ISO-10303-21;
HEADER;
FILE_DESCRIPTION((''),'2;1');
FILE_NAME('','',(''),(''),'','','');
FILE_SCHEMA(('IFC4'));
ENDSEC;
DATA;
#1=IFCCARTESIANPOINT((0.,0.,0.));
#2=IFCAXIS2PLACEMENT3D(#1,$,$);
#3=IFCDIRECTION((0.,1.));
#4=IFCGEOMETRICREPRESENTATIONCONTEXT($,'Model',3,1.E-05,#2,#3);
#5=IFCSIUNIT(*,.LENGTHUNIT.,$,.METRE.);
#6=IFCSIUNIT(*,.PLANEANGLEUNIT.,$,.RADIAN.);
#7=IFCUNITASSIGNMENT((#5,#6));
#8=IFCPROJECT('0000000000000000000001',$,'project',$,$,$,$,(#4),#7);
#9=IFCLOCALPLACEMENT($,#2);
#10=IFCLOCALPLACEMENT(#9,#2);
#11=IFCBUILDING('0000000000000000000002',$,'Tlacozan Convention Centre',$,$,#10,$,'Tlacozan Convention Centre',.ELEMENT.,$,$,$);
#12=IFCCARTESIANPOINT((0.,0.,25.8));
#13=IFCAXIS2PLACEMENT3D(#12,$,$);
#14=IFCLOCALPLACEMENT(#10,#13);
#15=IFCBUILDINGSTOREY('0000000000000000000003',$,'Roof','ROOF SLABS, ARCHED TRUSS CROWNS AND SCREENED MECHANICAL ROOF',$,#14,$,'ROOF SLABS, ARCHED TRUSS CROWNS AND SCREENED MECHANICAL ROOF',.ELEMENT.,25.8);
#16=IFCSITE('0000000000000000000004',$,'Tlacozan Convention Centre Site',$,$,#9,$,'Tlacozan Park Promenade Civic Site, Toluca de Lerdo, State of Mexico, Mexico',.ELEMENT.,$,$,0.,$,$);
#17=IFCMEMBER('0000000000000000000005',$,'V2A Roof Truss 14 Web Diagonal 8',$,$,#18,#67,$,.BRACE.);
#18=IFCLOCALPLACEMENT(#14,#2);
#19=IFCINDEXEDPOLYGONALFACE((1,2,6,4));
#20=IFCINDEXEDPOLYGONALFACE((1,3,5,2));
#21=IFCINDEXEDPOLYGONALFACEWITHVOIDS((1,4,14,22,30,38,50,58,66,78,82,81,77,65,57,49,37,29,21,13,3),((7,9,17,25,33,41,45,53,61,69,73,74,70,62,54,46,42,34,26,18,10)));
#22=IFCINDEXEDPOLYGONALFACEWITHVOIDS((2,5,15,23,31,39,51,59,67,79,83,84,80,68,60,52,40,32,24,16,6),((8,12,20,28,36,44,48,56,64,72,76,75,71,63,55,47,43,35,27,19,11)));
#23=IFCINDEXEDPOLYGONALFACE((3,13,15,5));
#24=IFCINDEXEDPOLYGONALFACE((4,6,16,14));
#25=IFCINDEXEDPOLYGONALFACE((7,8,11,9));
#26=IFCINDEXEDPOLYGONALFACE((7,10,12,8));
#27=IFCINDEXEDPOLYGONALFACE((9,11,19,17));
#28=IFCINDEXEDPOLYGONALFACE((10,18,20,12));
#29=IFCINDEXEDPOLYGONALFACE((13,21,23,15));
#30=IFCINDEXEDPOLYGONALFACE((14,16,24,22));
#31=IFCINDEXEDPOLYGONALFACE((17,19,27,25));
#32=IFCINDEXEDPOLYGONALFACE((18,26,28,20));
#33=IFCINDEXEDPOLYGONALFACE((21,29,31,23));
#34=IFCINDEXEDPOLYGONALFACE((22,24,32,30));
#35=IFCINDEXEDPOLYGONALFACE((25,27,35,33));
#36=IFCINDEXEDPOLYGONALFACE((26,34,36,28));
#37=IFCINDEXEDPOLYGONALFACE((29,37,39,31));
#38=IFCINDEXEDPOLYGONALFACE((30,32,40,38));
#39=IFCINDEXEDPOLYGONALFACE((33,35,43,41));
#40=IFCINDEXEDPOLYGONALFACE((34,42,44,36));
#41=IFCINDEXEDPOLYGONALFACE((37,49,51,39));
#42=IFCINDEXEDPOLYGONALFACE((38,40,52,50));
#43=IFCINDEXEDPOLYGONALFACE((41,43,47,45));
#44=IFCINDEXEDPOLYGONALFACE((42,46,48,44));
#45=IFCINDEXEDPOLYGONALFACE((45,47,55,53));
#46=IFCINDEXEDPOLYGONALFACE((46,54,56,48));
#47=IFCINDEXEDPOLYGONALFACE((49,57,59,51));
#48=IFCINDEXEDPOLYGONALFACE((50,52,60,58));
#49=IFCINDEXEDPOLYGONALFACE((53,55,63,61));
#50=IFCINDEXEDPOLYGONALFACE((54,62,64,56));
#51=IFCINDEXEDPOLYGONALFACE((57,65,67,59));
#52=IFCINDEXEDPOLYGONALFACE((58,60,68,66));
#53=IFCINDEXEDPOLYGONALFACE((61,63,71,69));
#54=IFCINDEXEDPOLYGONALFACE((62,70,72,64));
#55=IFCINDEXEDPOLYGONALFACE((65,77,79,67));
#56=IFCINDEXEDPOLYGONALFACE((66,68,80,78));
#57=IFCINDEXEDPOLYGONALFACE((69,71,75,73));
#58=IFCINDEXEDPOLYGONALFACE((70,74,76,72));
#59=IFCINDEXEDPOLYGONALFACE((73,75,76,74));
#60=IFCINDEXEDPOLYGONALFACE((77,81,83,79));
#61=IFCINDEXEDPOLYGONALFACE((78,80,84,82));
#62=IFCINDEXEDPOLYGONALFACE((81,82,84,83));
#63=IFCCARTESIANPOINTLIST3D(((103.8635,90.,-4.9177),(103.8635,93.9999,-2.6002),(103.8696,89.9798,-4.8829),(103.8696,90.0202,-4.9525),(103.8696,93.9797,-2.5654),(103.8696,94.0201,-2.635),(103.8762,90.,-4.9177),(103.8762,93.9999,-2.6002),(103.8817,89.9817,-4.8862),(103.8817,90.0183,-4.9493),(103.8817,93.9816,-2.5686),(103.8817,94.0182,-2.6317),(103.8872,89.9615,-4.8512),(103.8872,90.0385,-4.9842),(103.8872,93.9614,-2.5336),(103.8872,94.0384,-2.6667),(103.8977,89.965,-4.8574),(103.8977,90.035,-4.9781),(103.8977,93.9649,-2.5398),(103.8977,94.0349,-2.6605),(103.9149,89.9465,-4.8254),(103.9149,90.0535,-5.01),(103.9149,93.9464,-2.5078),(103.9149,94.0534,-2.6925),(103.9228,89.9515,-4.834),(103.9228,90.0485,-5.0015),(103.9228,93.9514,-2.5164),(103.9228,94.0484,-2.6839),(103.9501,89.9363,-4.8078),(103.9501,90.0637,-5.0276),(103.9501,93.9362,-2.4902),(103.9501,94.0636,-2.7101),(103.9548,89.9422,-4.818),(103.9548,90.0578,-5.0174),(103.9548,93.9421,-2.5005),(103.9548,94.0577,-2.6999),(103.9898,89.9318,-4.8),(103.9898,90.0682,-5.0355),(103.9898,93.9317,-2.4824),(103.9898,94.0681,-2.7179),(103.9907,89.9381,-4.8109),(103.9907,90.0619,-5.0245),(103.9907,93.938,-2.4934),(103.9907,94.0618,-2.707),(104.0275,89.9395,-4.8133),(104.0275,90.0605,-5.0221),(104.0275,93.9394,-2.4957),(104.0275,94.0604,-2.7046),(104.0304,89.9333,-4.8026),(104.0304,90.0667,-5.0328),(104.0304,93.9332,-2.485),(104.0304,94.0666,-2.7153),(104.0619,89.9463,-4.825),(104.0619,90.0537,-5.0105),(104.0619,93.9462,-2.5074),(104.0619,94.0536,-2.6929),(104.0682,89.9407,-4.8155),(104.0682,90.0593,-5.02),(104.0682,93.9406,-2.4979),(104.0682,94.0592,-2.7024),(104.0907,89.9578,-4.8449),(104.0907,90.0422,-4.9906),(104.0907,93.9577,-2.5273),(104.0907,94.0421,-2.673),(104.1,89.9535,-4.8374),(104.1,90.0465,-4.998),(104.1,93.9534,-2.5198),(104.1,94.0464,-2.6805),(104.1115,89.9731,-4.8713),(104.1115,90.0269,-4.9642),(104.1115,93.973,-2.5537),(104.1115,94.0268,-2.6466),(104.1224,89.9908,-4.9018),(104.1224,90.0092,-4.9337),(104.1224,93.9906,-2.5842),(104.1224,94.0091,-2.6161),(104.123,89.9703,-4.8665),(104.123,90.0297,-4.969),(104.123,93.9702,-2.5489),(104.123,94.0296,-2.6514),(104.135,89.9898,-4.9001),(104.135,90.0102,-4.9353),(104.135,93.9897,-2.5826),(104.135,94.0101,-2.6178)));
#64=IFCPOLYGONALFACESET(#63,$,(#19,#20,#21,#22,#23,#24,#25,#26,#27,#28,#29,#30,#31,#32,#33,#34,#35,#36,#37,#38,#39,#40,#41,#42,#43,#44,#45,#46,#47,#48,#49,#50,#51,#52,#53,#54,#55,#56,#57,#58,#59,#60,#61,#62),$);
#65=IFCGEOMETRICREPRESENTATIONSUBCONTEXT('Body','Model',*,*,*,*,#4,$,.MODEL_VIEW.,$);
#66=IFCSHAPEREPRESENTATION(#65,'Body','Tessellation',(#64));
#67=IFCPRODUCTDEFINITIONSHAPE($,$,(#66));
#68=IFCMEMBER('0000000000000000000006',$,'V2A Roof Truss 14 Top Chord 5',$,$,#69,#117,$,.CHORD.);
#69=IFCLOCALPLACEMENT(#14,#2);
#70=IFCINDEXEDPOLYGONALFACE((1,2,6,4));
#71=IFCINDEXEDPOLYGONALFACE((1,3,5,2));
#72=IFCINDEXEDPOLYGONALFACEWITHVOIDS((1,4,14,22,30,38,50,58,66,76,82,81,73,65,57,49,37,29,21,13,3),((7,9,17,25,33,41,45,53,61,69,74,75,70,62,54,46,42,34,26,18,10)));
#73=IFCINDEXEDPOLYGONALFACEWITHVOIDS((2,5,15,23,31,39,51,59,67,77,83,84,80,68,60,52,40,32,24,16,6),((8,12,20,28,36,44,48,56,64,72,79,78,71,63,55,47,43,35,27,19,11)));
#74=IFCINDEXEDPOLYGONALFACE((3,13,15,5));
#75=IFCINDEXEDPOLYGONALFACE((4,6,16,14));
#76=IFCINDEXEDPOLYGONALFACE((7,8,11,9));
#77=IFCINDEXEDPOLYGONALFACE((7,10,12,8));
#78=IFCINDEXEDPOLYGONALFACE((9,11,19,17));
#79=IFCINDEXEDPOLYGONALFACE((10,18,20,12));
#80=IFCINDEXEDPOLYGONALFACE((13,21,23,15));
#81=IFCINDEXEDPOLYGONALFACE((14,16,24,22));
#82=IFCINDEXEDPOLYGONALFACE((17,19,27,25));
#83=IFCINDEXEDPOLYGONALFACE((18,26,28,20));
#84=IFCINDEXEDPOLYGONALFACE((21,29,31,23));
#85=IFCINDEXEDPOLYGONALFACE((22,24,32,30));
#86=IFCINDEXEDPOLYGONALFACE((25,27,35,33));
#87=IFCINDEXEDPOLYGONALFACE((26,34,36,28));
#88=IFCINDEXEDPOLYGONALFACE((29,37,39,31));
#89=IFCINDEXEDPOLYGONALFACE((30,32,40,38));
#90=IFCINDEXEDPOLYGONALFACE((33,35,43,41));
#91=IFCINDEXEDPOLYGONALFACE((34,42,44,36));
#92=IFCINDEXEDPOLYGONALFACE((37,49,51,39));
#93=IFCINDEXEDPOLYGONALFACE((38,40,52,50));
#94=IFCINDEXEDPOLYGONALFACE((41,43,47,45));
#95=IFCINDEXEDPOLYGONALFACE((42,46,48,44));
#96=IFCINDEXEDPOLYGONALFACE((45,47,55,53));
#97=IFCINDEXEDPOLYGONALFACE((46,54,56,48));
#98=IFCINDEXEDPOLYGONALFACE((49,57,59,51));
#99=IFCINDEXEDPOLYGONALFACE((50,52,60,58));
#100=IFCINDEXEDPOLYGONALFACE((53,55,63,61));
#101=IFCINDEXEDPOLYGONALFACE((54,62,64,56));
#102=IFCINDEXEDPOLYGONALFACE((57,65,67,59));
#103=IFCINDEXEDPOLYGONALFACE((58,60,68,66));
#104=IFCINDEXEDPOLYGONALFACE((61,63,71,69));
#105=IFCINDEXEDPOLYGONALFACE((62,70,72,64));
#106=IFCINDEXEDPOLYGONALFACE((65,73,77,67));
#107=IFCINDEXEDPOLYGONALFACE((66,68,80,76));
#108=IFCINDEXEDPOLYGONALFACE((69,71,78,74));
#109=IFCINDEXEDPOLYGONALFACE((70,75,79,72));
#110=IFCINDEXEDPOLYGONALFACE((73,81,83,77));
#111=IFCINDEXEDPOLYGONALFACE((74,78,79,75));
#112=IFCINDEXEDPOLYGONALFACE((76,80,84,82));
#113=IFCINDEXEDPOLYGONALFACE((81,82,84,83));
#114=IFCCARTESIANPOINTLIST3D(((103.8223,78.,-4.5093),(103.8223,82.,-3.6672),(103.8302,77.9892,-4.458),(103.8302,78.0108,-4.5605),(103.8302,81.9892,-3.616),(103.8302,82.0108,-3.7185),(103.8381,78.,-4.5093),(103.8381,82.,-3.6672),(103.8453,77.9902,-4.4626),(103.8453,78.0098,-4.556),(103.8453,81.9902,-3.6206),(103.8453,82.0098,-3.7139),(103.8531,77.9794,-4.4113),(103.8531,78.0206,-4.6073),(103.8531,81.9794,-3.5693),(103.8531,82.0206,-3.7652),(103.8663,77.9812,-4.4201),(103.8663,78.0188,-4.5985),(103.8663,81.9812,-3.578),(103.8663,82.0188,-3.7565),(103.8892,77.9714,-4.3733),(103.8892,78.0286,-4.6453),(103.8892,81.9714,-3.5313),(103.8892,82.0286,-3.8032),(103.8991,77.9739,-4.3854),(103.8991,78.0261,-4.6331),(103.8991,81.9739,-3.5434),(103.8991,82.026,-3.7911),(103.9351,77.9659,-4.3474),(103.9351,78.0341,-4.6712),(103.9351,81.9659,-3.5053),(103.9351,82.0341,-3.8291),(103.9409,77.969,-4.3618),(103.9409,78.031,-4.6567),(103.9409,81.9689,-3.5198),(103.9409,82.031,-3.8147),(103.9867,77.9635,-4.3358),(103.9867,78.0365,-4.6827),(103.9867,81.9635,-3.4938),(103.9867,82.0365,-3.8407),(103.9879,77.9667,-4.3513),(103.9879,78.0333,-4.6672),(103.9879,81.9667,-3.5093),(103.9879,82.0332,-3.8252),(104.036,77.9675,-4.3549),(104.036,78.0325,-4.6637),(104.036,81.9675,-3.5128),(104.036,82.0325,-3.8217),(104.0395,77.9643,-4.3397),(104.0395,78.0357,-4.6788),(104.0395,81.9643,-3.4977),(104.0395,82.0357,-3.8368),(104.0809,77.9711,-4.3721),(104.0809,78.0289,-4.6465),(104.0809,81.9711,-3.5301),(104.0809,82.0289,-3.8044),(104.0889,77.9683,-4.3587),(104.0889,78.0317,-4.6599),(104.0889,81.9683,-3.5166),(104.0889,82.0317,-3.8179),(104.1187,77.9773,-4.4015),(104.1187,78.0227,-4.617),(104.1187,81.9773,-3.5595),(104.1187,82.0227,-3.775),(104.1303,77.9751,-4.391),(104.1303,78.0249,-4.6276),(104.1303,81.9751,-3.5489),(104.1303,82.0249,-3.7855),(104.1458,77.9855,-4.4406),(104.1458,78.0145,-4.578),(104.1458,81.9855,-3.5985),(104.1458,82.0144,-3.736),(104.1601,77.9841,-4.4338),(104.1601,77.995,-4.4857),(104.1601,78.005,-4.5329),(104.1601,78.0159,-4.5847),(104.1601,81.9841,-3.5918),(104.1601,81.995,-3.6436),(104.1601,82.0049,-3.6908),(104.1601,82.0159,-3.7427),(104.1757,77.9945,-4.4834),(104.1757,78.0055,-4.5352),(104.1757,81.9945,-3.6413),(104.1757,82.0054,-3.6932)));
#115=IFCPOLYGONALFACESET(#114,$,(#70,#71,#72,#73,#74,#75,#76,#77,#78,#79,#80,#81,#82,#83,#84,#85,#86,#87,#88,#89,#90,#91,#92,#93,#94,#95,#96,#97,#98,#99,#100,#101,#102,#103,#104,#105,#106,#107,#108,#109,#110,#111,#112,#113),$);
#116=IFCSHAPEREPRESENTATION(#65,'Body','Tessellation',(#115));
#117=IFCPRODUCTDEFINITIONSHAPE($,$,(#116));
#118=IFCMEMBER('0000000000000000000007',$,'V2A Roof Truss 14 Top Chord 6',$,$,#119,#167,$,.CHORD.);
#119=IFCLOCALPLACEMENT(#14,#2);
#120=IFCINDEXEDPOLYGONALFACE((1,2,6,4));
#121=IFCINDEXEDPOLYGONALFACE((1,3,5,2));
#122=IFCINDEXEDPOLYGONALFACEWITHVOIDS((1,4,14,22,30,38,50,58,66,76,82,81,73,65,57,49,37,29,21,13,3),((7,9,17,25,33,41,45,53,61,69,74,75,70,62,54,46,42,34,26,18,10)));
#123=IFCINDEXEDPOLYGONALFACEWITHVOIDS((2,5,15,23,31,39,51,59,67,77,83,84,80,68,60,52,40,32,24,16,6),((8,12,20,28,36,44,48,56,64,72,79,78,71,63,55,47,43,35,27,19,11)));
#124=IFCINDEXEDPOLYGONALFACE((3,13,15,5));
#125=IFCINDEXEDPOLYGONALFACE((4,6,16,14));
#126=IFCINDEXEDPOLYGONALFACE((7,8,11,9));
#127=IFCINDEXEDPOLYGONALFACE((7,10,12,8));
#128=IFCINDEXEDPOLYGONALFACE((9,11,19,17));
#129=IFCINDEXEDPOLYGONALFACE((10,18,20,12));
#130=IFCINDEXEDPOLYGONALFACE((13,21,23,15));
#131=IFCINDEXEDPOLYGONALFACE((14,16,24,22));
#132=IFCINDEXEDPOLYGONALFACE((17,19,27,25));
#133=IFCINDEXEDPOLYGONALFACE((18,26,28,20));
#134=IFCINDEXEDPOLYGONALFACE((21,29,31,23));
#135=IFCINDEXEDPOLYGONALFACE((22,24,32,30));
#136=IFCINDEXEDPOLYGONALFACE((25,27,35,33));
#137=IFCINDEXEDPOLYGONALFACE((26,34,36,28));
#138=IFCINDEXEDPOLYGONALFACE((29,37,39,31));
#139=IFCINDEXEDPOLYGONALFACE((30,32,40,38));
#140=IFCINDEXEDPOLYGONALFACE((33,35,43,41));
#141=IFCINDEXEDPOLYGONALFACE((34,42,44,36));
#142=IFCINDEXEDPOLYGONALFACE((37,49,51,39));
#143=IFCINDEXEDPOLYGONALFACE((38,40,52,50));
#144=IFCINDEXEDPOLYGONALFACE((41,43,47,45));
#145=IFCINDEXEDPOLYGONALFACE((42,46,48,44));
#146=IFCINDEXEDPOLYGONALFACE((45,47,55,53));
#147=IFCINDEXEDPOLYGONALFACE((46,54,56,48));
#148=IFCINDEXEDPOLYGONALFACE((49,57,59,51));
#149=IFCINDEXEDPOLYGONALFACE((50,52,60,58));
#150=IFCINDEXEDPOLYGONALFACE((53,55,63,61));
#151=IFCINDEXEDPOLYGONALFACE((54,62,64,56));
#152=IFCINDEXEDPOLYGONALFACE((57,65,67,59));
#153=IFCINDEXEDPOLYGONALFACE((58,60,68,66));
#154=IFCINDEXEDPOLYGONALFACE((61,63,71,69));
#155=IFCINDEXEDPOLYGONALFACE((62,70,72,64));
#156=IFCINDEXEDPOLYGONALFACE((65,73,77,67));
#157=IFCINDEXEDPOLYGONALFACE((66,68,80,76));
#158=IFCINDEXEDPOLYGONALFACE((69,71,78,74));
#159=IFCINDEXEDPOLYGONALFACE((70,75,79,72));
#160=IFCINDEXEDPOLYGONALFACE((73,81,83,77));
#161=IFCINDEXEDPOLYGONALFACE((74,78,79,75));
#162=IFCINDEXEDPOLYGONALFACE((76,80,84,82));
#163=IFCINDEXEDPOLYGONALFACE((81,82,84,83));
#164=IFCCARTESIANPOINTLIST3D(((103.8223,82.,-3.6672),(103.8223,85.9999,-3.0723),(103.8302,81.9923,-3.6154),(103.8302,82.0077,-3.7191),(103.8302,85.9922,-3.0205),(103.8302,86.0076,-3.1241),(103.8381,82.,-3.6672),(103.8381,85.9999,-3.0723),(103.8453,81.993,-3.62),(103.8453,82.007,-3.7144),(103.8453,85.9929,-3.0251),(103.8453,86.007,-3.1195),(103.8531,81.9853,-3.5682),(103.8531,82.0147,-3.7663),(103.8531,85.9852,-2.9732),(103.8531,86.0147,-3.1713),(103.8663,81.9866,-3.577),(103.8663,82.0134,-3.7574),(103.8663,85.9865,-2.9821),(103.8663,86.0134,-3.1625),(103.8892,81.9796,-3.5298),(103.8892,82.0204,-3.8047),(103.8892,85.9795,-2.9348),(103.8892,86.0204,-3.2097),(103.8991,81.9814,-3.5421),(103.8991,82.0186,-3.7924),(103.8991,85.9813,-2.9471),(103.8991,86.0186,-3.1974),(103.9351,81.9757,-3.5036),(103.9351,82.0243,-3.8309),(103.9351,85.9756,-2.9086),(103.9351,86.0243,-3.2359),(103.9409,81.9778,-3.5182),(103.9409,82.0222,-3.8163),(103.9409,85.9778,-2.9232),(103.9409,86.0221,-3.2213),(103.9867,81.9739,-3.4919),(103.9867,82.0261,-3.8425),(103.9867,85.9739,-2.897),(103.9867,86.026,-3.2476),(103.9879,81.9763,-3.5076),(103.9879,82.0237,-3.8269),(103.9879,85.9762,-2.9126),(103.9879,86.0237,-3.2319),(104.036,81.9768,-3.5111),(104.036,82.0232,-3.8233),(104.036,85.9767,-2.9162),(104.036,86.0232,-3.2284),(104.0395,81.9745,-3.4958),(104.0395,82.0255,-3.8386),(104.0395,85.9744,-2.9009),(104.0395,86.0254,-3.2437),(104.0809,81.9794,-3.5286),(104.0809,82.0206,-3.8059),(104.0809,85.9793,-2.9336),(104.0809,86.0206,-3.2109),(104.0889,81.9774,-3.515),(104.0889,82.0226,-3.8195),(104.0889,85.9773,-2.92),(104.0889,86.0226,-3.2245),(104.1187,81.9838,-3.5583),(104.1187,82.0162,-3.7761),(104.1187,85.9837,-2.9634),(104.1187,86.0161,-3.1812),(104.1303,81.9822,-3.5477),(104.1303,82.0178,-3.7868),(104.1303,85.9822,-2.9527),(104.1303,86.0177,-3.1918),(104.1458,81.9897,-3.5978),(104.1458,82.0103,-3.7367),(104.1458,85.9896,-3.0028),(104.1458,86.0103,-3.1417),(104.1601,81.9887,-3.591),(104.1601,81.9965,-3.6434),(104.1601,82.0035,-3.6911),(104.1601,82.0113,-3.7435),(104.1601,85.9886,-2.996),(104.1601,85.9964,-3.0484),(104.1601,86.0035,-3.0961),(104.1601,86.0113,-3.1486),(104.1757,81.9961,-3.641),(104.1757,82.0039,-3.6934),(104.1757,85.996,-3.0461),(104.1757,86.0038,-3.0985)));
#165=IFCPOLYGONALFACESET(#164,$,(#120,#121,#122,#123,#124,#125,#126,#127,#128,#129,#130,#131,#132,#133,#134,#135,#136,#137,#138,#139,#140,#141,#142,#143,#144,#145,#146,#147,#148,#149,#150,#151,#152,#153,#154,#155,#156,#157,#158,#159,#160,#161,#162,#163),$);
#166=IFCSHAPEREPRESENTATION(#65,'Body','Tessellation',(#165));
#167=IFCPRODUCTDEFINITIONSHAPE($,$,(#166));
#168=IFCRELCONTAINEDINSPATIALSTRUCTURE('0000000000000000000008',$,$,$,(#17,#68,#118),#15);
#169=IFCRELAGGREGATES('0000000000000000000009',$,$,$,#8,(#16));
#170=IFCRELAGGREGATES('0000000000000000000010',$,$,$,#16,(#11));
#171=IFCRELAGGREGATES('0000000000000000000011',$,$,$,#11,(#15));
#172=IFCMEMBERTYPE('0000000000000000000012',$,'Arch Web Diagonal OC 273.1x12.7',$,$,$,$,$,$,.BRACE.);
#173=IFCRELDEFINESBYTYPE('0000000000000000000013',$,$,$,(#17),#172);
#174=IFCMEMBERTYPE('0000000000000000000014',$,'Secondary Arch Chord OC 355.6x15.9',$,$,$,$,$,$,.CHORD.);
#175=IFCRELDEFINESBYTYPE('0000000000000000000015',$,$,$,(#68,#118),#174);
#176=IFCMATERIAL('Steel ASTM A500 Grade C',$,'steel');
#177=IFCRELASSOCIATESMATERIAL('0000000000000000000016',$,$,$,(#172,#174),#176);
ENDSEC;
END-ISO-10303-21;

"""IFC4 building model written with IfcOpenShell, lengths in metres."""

from ifc_helpers import new_model, si_unit, direction, frame, origin, origin_2d, place, context, subcontext, project, spatial, hollow_circle, extrude, material, material_profile, profile_set, type_object, element, save


model = new_model("IFC4")

# Units and contexts
model_context = context("Model", 3, precision=1e-05, world=origin(), true_north=direction((0.0, 1.0)))
body_context = subcontext(model_context, "Body", "Model", "MODEL_VIEW")
ifc_project = project(units=[si_unit("LENGTHUNIT", "METRE"), si_unit("PLANEANGLEUNIT", "RADIAN")], contexts=[model_context])

# Site, building, storey
site_placement = place(None, origin())
site = spatial("IfcSite", under=ifc_project, at=site_placement, Name="Tlacozan Convention Centre Site", LongName="Tlacozan Park Promenade Civic Site, Toluca de Lerdo, State of Mexico, Mexico", CompositionType="ELEMENT", RefElevation=0.0)
building_placement = place(site_placement, origin())
building = spatial("IfcBuilding", under=site, at=building_placement, Name="Tlacozan Convention Centre", LongName="Tlacozan Convention Centre", CompositionType="ELEMENT")
storey_placement = place(building_placement, frame((0.0, 0.0, 25.8)))
storey = spatial("IfcBuildingStorey", under=building, at=storey_placement, Name="Roof", Description="ROOF SLABS, ARCHED TRUSS CROWNS AND SCREENED MECHANICAL ROOF", LongName="ROOF SLABS, ARCHED TRUSS CROWNS AND SCREENED MECHANICAL ROOF", CompositionType="ELEMENT", Elevation=25.8)

# Members
ifc_material_1 = material(Name="Steel ASTM A500 Grade C", Category="steel")
ifc_material_profile_1 = material_profile(ifc_material_1, hollow_circle(Radius=0.1365, WallThickness=0.0127, at=origin_2d()), Name="OC 273.1x12.7")
ifc_profile_set_1 = profile_set([ifc_material_profile_1], Name="Steel ASTM A500 Grade C")
member_type_1 = type_object("IfcMemberType", Name="Arch Web Diagonal OC 273.1x12.7", PredefinedType="BRACE", material=ifc_profile_set_1)
member_1_placement = place(storey_placement, frame((104.0, 90.0, -4.9177), z_axis=(0.0, 0.865254, 0.501334), x_axis=(-1.0, 0.0, 0.0)))
element("IfcMember", 1, at=member_1_placement, inside=storey, type_object=member_type_1, Name="V2A Roof Truss 14 Web Diagonal 8", PredefinedType="BRACE", context=body_context, shape_type="SweptSolid", body=[
    extrude(hollow_circle(Radius=0.1365, WallThickness=0.0127, at=origin_2d()), origin(), (0.0, 0.0, 1.0), 4.6228),
])
ifc_material_profile_2 = material_profile(ifc_material_1, hollow_circle(Radius=0.1777, WallThickness=0.0159, at=origin_2d()), Name="OC 355.6x15.9")
ifc_profile_set_2 = profile_set([ifc_material_profile_2], Name="Steel ASTM A500 Grade C")
member_type_2 = type_object("IfcMemberType", Name="Secondary Arch Chord OC 355.6x15.9", PredefinedType="CHORD", material=ifc_profile_set_2)
member_2_placement = place(storey_placement, frame((104.0, 78.0, -4.5093), z_axis=(0.0, 0.978553, 0.205995), x_axis=(-1.0, 0.0, 0.0)))
element("IfcMember", 2, at=member_2_placement, inside=storey, type_object=member_type_2, Name="V2A Roof Truss 14 Top Chord 5", PredefinedType="CHORD", context=body_context, shape_type="SweptSolid", body=[
    extrude(hollow_circle(Radius=0.1777, WallThickness=0.0159, at=origin_2d()), origin(), (0.0, 0.0, 1.0), 4.0876),
])
member_3_placement = place(storey_placement, frame((104.0, 82.0, -3.6672), z_axis=(0.0, 0.989118, 0.147124), x_axis=(-1.0, 0.0, 0.0)))
element("IfcMember", 3, at=member_3_placement, inside=storey, type_object=member_type_2, Name="V2A Roof Truss 14 Top Chord 6", PredefinedType="CHORD", context=body_context, shape_type="SweptSolid", body=[
    extrude(hollow_circle(Radius=0.1777, WallThickness=0.0159, at=origin_2d()), origin(), (0.0, 0.0, 1.0), 4.0439),
])

save(model, "model.ifc")
